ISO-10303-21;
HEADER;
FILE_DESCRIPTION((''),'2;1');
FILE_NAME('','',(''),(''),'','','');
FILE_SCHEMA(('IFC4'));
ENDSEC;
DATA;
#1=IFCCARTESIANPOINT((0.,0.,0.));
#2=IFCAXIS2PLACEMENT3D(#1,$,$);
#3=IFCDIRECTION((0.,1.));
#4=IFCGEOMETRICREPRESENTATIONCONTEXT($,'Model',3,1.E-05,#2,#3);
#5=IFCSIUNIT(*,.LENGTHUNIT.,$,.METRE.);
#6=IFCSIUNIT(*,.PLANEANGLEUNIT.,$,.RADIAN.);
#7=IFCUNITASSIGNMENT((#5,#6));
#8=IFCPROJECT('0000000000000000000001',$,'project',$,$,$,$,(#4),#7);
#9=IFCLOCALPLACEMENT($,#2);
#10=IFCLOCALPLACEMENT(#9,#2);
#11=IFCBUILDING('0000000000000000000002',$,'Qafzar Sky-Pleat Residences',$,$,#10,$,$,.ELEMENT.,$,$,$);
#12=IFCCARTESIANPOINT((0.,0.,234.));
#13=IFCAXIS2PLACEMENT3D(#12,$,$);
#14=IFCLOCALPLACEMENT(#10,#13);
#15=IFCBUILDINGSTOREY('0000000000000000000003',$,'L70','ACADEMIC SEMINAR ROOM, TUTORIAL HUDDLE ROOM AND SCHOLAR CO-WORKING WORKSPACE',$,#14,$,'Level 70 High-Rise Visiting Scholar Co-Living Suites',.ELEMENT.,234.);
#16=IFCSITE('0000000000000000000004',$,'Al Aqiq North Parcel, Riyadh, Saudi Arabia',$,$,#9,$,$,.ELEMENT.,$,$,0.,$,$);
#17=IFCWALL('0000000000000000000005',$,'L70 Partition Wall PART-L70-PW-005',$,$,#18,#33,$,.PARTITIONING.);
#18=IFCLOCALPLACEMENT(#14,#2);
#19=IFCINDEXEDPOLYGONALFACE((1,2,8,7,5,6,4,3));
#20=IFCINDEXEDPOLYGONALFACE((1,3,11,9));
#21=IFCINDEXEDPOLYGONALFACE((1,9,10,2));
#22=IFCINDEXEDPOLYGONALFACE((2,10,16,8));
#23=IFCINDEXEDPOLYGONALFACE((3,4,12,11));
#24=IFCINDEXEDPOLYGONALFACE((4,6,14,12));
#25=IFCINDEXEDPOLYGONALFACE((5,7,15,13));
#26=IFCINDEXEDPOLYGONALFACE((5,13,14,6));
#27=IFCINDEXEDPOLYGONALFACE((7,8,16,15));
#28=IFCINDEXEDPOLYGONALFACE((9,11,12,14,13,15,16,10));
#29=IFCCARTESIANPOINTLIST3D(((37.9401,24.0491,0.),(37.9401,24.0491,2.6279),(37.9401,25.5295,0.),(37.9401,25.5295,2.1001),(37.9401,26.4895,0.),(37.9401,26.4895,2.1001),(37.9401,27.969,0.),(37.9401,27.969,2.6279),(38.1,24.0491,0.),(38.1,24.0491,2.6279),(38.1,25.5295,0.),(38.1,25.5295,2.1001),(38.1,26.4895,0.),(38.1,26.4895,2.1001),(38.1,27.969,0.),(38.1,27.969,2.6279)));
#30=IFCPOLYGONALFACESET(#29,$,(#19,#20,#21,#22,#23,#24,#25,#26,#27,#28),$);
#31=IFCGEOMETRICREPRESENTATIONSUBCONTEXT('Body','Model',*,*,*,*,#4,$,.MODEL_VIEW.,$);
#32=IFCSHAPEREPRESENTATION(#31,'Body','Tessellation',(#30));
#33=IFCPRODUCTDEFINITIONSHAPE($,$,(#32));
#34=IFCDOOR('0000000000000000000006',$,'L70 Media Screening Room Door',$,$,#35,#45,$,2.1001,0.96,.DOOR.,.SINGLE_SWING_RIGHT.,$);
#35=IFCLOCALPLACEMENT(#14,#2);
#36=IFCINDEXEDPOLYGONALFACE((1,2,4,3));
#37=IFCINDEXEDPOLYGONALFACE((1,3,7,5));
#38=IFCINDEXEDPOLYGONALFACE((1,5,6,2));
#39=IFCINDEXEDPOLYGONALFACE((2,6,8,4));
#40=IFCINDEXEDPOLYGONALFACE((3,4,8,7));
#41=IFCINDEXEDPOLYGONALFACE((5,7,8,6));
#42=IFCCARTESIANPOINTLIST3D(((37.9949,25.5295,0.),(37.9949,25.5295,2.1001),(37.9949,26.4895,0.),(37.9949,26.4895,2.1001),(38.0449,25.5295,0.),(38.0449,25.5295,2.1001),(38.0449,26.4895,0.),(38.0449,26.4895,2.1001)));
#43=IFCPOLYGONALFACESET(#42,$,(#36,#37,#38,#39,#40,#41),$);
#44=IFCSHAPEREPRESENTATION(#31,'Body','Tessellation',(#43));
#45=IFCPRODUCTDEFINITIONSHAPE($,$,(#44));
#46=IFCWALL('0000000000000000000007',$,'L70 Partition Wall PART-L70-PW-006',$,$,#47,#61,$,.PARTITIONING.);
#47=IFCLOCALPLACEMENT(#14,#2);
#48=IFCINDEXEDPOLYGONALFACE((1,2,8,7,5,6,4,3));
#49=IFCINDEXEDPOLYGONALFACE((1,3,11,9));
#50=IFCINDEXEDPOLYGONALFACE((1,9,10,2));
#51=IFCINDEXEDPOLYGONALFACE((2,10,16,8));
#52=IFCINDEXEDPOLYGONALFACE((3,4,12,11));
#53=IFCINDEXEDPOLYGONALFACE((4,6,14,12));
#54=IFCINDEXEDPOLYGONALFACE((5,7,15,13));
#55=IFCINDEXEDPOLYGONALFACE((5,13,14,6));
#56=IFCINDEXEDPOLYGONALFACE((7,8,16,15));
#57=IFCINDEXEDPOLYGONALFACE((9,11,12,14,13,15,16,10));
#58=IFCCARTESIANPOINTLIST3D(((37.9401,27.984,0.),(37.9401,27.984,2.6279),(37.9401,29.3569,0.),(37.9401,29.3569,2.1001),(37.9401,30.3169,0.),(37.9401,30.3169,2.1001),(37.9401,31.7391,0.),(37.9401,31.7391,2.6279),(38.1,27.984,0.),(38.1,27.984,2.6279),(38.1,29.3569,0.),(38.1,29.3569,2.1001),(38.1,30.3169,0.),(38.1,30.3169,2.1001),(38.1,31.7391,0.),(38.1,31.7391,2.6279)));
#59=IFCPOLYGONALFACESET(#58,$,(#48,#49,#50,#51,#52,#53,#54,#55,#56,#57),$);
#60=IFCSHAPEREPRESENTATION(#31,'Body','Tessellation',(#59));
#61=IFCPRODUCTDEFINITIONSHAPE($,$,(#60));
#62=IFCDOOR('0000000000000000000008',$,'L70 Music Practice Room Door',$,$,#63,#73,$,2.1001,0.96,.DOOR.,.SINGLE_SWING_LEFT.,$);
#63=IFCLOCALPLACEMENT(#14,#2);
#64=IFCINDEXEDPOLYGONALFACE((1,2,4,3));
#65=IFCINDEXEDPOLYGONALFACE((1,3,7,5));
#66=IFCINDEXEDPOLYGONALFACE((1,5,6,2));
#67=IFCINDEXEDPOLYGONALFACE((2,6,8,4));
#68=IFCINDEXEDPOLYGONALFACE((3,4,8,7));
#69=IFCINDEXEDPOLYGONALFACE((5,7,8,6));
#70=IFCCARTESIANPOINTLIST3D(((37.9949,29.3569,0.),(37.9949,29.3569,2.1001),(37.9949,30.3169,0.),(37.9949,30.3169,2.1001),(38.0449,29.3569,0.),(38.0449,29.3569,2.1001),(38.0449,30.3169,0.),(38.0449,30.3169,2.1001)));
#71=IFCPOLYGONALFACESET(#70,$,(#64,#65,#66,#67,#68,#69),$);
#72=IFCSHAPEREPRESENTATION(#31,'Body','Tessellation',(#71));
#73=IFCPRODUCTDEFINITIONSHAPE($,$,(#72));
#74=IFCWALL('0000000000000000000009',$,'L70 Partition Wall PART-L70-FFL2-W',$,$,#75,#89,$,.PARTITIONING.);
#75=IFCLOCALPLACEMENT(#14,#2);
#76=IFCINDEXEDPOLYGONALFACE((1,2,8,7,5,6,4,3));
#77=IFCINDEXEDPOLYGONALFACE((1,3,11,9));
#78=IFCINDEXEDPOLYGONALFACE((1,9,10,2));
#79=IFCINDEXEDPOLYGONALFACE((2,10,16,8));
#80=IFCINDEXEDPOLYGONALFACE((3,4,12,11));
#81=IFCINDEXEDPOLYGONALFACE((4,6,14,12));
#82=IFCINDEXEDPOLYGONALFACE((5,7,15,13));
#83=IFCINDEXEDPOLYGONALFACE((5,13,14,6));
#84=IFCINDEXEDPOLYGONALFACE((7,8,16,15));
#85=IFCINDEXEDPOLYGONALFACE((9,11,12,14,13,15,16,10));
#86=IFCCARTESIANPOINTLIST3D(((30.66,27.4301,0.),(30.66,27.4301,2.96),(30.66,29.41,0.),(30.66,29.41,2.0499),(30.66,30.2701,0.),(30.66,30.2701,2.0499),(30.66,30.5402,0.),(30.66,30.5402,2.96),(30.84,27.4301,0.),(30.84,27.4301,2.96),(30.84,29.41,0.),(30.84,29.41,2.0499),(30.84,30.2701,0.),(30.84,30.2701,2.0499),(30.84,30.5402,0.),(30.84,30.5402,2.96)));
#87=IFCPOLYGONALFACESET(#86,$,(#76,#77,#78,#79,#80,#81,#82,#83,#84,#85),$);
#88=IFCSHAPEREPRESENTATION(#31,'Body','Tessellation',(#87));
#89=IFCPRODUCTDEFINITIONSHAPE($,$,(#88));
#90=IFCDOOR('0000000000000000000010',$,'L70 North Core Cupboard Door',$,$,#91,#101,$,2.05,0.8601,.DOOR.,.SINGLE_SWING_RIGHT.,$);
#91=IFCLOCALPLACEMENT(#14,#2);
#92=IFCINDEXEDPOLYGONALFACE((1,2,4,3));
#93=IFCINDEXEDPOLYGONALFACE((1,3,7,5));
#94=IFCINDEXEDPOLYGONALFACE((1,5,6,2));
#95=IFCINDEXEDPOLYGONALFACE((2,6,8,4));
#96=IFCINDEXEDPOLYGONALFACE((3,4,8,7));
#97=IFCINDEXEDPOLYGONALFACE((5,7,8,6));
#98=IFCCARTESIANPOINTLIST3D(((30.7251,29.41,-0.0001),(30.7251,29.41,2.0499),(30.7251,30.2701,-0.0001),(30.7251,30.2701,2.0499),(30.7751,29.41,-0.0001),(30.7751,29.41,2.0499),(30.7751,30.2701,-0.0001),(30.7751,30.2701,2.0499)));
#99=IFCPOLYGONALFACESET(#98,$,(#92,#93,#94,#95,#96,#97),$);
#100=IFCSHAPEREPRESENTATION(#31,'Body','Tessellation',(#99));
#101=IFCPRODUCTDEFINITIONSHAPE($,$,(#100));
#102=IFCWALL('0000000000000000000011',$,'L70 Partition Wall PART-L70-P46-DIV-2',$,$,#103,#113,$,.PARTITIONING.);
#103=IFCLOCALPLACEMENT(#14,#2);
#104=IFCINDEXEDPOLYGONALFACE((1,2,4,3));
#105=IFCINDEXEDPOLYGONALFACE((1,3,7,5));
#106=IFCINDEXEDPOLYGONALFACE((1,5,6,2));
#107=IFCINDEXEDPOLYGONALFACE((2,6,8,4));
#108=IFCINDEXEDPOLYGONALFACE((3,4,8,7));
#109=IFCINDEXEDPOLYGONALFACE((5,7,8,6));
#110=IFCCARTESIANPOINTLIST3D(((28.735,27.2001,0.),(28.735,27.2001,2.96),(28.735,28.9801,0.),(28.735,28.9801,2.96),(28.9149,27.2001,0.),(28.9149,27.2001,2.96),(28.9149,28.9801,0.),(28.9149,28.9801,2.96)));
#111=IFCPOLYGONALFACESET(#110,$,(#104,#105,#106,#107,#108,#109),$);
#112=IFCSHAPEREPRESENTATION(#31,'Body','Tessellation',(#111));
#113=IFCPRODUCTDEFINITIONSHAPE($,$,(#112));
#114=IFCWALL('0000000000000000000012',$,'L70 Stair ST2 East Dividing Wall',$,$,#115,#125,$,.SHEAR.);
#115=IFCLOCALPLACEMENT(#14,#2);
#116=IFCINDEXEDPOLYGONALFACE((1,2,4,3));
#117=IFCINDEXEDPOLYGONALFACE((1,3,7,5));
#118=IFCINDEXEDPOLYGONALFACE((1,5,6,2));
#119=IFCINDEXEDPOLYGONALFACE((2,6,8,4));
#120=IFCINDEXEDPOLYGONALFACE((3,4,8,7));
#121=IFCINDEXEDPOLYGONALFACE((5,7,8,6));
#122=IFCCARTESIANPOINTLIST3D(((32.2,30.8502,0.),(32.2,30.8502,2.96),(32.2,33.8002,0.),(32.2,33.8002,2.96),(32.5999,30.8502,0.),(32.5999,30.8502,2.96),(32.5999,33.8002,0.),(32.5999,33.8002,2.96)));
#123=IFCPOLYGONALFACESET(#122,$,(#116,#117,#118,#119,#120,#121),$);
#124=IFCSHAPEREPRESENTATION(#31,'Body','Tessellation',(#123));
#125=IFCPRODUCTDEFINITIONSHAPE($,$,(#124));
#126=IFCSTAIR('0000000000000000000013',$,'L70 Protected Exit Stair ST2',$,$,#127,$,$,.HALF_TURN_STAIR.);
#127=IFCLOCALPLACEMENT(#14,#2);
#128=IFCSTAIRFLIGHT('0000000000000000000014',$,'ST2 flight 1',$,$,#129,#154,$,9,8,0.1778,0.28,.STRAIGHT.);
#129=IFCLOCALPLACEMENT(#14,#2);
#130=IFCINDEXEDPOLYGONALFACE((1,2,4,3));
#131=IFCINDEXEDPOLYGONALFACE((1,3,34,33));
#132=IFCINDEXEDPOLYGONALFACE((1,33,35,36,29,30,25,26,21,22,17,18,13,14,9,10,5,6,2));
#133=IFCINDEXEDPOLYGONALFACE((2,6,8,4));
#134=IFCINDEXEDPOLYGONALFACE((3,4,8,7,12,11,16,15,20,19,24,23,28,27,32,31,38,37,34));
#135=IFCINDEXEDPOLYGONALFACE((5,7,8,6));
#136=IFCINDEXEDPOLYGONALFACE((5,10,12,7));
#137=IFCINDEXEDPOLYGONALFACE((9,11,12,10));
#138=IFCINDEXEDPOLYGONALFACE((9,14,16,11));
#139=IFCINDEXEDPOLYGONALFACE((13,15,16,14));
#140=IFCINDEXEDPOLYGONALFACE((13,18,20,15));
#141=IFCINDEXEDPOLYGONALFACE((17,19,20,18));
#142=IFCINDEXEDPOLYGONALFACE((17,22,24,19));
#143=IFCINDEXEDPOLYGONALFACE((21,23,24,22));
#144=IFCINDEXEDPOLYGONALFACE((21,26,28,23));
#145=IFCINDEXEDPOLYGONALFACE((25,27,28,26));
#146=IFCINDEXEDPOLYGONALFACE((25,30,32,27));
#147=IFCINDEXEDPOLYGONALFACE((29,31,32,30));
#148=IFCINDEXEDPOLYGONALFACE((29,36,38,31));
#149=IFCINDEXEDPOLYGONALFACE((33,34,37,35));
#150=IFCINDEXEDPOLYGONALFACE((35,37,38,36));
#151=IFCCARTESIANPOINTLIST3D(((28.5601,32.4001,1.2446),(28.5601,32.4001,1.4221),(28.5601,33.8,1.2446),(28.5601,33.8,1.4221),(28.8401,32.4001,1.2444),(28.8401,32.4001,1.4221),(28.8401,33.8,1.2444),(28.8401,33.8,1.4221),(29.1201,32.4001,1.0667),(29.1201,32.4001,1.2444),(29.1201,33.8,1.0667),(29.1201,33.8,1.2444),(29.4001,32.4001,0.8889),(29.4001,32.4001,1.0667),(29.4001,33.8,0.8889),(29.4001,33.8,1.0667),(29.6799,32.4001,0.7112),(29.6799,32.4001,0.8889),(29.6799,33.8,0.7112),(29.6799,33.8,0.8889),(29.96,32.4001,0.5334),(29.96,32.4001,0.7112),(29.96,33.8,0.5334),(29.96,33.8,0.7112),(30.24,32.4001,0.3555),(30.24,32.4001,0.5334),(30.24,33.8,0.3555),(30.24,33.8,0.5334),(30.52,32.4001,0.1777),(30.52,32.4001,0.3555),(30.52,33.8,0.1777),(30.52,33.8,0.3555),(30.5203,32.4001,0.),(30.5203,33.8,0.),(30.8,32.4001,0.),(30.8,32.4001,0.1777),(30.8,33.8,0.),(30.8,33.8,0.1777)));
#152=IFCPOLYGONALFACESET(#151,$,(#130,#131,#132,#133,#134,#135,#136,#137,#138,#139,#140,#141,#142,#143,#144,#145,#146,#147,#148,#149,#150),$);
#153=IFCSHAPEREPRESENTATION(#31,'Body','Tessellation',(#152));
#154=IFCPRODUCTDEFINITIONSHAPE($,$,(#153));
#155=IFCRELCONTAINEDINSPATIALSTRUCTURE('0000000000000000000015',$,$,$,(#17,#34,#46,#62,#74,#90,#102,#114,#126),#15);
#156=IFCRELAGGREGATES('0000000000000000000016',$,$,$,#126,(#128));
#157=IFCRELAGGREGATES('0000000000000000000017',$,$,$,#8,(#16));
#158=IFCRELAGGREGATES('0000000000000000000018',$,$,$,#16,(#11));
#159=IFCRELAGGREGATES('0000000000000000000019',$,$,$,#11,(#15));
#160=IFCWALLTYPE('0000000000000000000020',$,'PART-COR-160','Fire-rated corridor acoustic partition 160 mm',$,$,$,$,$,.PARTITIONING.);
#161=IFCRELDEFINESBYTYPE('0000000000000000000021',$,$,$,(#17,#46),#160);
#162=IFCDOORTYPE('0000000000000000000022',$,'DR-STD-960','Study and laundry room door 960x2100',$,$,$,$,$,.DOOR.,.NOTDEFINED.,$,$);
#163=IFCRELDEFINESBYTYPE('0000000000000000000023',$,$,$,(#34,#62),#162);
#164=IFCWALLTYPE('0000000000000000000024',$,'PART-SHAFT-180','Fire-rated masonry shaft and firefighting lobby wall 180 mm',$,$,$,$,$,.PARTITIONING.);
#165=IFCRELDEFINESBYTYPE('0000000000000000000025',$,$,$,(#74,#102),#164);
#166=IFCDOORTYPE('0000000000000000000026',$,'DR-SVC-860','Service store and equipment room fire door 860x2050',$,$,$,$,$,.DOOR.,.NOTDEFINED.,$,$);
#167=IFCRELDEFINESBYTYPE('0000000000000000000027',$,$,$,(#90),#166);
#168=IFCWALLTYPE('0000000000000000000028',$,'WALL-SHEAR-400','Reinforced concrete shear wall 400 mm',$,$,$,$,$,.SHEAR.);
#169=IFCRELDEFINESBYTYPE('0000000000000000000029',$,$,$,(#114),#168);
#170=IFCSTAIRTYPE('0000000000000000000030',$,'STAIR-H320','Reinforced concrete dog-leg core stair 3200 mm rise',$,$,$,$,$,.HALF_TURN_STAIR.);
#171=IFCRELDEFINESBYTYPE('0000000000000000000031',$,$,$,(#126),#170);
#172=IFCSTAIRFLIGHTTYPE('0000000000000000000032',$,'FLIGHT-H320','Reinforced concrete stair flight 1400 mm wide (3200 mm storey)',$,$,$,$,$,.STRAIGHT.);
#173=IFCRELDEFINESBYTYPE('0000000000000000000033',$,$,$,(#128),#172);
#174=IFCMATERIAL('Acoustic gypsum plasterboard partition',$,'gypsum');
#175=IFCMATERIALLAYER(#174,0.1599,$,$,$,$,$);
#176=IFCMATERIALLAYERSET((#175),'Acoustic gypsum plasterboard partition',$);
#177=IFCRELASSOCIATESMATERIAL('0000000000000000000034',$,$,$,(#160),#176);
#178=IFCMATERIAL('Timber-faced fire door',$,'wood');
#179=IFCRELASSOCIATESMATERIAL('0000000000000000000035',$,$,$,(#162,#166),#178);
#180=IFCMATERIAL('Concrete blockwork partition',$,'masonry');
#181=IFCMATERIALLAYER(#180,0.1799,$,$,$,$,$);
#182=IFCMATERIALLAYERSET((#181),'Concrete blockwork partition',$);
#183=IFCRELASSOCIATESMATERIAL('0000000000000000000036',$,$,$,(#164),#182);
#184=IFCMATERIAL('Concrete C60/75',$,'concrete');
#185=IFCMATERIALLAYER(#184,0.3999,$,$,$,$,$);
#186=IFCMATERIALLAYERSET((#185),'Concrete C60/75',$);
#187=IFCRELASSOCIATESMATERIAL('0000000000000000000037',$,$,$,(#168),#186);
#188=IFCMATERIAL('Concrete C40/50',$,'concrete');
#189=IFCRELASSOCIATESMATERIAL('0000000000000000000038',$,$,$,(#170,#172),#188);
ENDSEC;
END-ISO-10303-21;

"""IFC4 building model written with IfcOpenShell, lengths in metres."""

from ifc_helpers import new_model, si_unit, direction, frame, frame_2d, origin, place, context, subcontext, project, spatial, polyline, rectangle, outline, extrude, source, transform, mapped, material, layer, layer_set, type_object, element, fill, aggregate, save


model = new_model("IFC4")

# Units and contexts
model_context = context("Model", 3, precision=1e-05, world=origin(), true_north=direction((0.0, 1.0)))
body_context = subcontext(model_context, "Body", "Model", "MODEL_VIEW")
ifc_project = project(units=[si_unit("LENGTHUNIT", "METRE"), si_unit("PLANEANGLEUNIT", "RADIAN")], contexts=[model_context])

# Site, building, storey
site_placement = place(None, origin())
site = spatial("IfcSite", under=ifc_project, at=site_placement, Name="Al Aqiq North Parcel, Riyadh, Saudi Arabia", CompositionType="ELEMENT", RefElevation=0.0)
building_placement = place(site_placement, origin())
building = spatial("IfcBuilding", under=site, at=building_placement, Name="Qafzar Sky-Pleat Residences", CompositionType="ELEMENT")
storey_placement = place(building_placement, frame((0.0, 0.0, 234.0)))
storey = spatial("IfcBuildingStorey", under=building, at=storey_placement, Name="L70", Description="ACADEMIC SEMINAR ROOM, TUTORIAL HUDDLE ROOM AND SCHOLAR CO-WORKING WORKSPACE", LongName="Level 70 High-Rise Visiting Scholar Co-Living Suites", CompositionType="ELEMENT", Elevation=234.0)

# Walls, openings, doors
ifc_material_1 = material(Name="Acoustic gypsum plasterboard partition", Category="gypsum")
ifc_layer_1 = layer(ifc_material_1, 0.1599)
ifc_layer_set_1 = layer_set([ifc_layer_1], Name="Acoustic gypsum plasterboard partition")
wall_type_1 = type_object("IfcWallType", Name="PART-COR-160", Description="Fire-rated corridor acoustic partition 160 mm", PredefinedType="PARTITIONING", material=ifc_layer_set_1)
wall_1_placement = place(storey_placement, frame((38.02, 27.969, 0.0), z_axis=(0.0, 0.0, 1.0), x_axis=(0.0, -1.0, 0.0)))
wall_1 = element("IfcWall", 1, at=wall_1_placement, inside=storey, type_object=wall_type_1, Name="L70 Partition Wall PART-L70-PW-005", PredefinedType="PARTITIONING", context=body_context, shape_type="SweptSolid", body=[
    extrude(rectangle(XDim=3.9199, YDim=0.1599, at=frame_2d((1.96, 0.0))), origin(), (0.0, 0.0, 1.0), 2.6279),
])
opening_1_placement = place(wall_1_placement, frame((1.4795, 0.0, 0.0)))
opening_1 = element("IfcOpeningElement", 2, at=opening_1_placement, cuts=wall_1, PredefinedType="OPENING", context=body_context, shape_type="SweptSolid", body=[
    extrude(rectangle(XDim=0.96, YDim=2.1001, at=frame_2d((0.48, 1.05))), frame((0.0, 0.0898, 0.0), z_axis=(0.0, -1.0, 0.0), x_axis=(1.0, 0.0, 0.0)), (0.0, 0.0, 1.0), 0.1799),
])
ifc_material_2 = material(Name="Timber-faced fire door", Category="wood")
door_type_1 = type_object("IfcDoorType", Name="DR-STD-960", Description="Study and laundry room door 960x2100", OperationType="NOTDEFINED", PredefinedType="DOOR", material=ifc_material_2)
shared_shape_1 = source(origin(), body_context, "Body", "SweptSolid", [
    extrude(rectangle(XDim=0.96, YDim=2.1001, at=frame_2d((0.48, 1.05))), frame((0.0, 0.0249, 0.0), z_axis=(0.0, -1.0, 0.0), x_axis=(1.0, 0.0, 0.0)), (0.0, 0.0, 1.0), 0.05),
])
door_1_placement = place(opening_1_placement, origin())
door_1 = element("IfcDoor", 3, at=door_1_placement, inside=storey, type_object=door_type_1, Name="L70 Media Screening Room Door", OperationType="SINGLE_SWING_RIGHT", OverallHeight=2.1001, OverallWidth=0.96, PredefinedType="DOOR", context=body_context, shape_type="MappedRepresentation", body=[
    mapped(shared_shape_1, transform((0.0, 0.0, 0.0), x_axis=(1.0, 0.0, 0.0), y_axis=(0.0, 1.0, 0.0), z_axis=(0.0, 0.0, 1.0), scale=1.0)),
])
fill(opening_1, door_1)
wall_2_placement = place(storey_placement, frame((38.02, 31.739, 0.0), z_axis=(0.0, 0.0, 1.0), x_axis=(0.0, -1.0, 0.0)))
wall_2 = element("IfcWall", 4, at=wall_2_placement, inside=storey, type_object=wall_type_1, Name="L70 Partition Wall PART-L70-PW-006", PredefinedType="PARTITIONING", context=body_context, shape_type="SweptSolid", body=[
    extrude(rectangle(XDim=3.7551, YDim=0.1599, at=frame_2d((1.8774, 0.0))), origin(), (0.0, 0.0, 1.0), 2.6279),
])
opening_2_placement = place(wall_2_placement, frame((1.4221, 0.0, 0.0)))
opening_2 = element("IfcOpeningElement", 5, at=opening_2_placement, cuts=wall_2, PredefinedType="OPENING", context=body_context, shape_type="SweptSolid", body=[
    extrude(rectangle(XDim=0.96, YDim=2.1001, at=frame_2d((0.48, 1.05))), frame((0.0, 0.0898, 0.0), z_axis=(0.0, -1.0, 0.0), x_axis=(1.0, 0.0, 0.0)), (0.0, 0.0, 1.0), 0.1799),
])
door_2_placement = place(opening_2_placement, origin())
door_2 = element("IfcDoor", 6, at=door_2_placement, inside=storey, type_object=door_type_1, Name="L70 Music Practice Room Door", OperationType="SINGLE_SWING_LEFT", OverallHeight=2.1001, OverallWidth=0.96, PredefinedType="DOOR", context=body_context, shape_type="MappedRepresentation", body=[
    mapped(shared_shape_1, transform((0.0, 0.0, 0.0), x_axis=(1.0, 0.0, 0.0), y_axis=(0.0, 1.0, 0.0), z_axis=(0.0, 0.0, 1.0), scale=1.0)),
])
fill(opening_2, door_2)
ifc_material_3 = material(Name="Concrete blockwork partition", Category="masonry")
ifc_layer_2 = layer(ifc_material_3, 0.1799)
ifc_layer_set_2 = layer_set([ifc_layer_2], Name="Concrete blockwork partition")
wall_type_2 = type_object("IfcWallType", Name="PART-SHAFT-180", Description="Fire-rated masonry shaft and firefighting lobby wall 180 mm", PredefinedType="PARTITIONING", material=ifc_layer_set_2)
wall_3_placement = place(storey_placement, frame((30.75, 27.4299, 0.0), z_axis=(0.0, 0.0, 1.0), x_axis=(0.0, 1.0, 0.0)))
wall_3 = element("IfcWall", 7, at=wall_3_placement, inside=storey, type_object=wall_type_2, Name="L70 Partition Wall PART-L70-FFL2-W", PredefinedType="PARTITIONING", context=body_context, shape_type="SweptSolid", body=[
    extrude(rectangle(XDim=3.1101, YDim=0.1799, at=frame_2d((1.5552, 0.0))), origin(), (0.0, 0.0, 1.0), 2.96),
])
opening_3_placement = place(wall_3_placement, frame((1.98, 0.0, 0.0)))
opening_3 = element("IfcOpeningElement", 8, at=opening_3_placement, cuts=wall_3, PredefinedType="OPENING", context=body_context, shape_type="SweptSolid", body=[
    extrude(rectangle(XDim=0.8601, YDim=2.05, at=frame_2d((0.4302, 1.0249))), frame((0.0, 0.1001, 0.0), z_axis=(0.0, -1.0, 0.0), x_axis=(1.0, 0.0, 0.0)), (0.0, 0.0, 1.0), 0.2),
])
door_type_2 = type_object("IfcDoorType", Name="DR-SVC-860", Description="Service store and equipment room fire door 860x2050", OperationType="NOTDEFINED", PredefinedType="DOOR", material=ifc_material_2)
shared_shape_2 = source(origin(), body_context, "Body", "SweptSolid", [
    extrude(rectangle(XDim=0.8601, YDim=2.05, at=frame_2d((0.4302, 1.0249))), frame((0.0, 0.0249, 0.0), z_axis=(0.0, -1.0, 0.0), x_axis=(1.0, 0.0, 0.0)), (0.0, 0.0, 1.0), 0.05),
])
door_3_placement = place(opening_3_placement, origin())
door_3 = element("IfcDoor", 9, at=door_3_placement, inside=storey, type_object=door_type_2, Name="L70 North Core Cupboard Door", OperationType="SINGLE_SWING_RIGHT", OverallHeight=2.05, OverallWidth=0.8601, PredefinedType="DOOR", context=body_context, shape_type="MappedRepresentation", body=[
    mapped(shared_shape_2, transform((0.0, 0.0, 0.0), x_axis=(1.0, 0.0, 0.0), y_axis=(0.0, 1.0, 0.0), z_axis=(0.0, 0.0, 1.0), scale=1.0)),
])
fill(opening_3, door_3)

# Walls
wall_4_placement = place(storey_placement, frame((28.825, 27.2, 0.0), z_axis=(0.0, 0.0, 1.0), x_axis=(0.0, 1.0, 0.0)))
element("IfcWall", 10, at=wall_4_placement, inside=storey, type_object=wall_type_2, Name="L70 Partition Wall PART-L70-P46-DIV-2", PredefinedType="PARTITIONING", context=body_context, shape_type="SweptSolid", body=[
    extrude(rectangle(XDim=1.78, YDim=0.1799, at=frame_2d((0.8901, 0.0))), origin(), (0.0, 0.0, 1.0), 2.96),
])
ifc_material_4 = material(Name="Concrete C60/75", Category="concrete")
ifc_layer_3 = layer(ifc_material_4, 0.3999)
ifc_layer_set_3 = layer_set([ifc_layer_3], Name="Concrete C60/75")
wall_type_3 = type_object("IfcWallType", Name="WALL-SHEAR-400", Description="Reinforced concrete shear wall 400 mm", PredefinedType="SHEAR", material=ifc_layer_set_3)
wall_5_placement = place(storey_placement, frame((32.3999, 30.8501, 0.0), z_axis=(0.0, 0.0, 1.0), x_axis=(0.0, 1.0, 0.0)))
element("IfcWall", 11, at=wall_5_placement, inside=storey, type_object=wall_type_3, Name="L70 Stair ST2 East Dividing Wall", PredefinedType="SHEAR", context=body_context, shape_type="SweptSolid", body=[
    extrude(rectangle(XDim=2.95, YDim=0.3999, at=frame_2d((1.4751, 0.0))), origin(), (0.0, 0.0, 1.0), 2.96),
])

# Stair, stair flight
ifc_material_5 = material(Name="Concrete C40/50", Category="concrete")
stair_type = type_object("IfcStairType", Name="STAIR-H320", Description="Reinforced concrete dog-leg core stair 3200 mm rise", PredefinedType="HALF_TURN_STAIR", material=ifc_material_5)
stair_placement = place(storey_placement, origin())
stair = element("IfcStair", 12, at=stair_placement, inside=storey, type_object=stair_type, Name="L70 Protected Exit Stair ST2", PredefinedType="HALF_TURN_STAIR")
stair_flight_type = type_object("IfcStairFlightType", Name="FLIGHT-H320", Description="Reinforced concrete stair flight 1400 mm wide (3200 mm storey)", PredefinedType="STRAIGHT", material=ifc_material_5)
shared_shape_3 = source(origin(), body_context, "Body", "SweptSolid", [
    extrude(outline(polyline([(0.0, 0.0), (0.0, 0.1777), (0.28, 0.1777), (0.28, 0.3555), (0.5601, 0.3555), (0.5601, 0.5334), (0.8401, 0.5334), (0.8401, 0.7112), (1.1201, 0.7112), (1.1201, 0.8889), (1.3999, 0.8889), (1.3999, 1.0667), (1.6799, 1.0667), (1.6799, 1.2444), (1.96, 1.2444), (1.96, 1.4221), (2.24, 1.4221), (2.24, 1.6001), (2.24, 1.2446), (0.2798, 0.0), (0.0, 0.0)])), frame((0.0, 0.7, 0.0), z_axis=(0.0, -1.0, 0.0), x_axis=(1.0, 0.0, 0.0)), (0.0, 0.0, 1.0), 1.3999),
])
stair_flight_1_placement = place(storey_placement, frame((30.8, 33.1001, 0.0), z_axis=(0.0, 0.0, 1.0), x_axis=(-1.0, 0.0, 0.0)))
stair_flight_1 = element("IfcStairFlight", 13, at=stair_flight_1_placement, type_object=stair_flight_type, Name="ST2 flight 1", NumberOfRisers=9, NumberOfTreads=8, PredefinedType="STRAIGHT", RiserHeight=0.1778, TreadLength=0.28, context=body_context, shape_type="MappedRepresentation", body=[
    mapped(shared_shape_3, transform((0.0, 0.0, 0.0), x_axis=(1.0, 0.0, 0.0), y_axis=(0.0, 1.0, 0.0), z_axis=(0.0, 0.0, 1.0), scale=1.0)),
])
aggregate(stair, [stair_flight_1])

save(model, "model.ifc")
